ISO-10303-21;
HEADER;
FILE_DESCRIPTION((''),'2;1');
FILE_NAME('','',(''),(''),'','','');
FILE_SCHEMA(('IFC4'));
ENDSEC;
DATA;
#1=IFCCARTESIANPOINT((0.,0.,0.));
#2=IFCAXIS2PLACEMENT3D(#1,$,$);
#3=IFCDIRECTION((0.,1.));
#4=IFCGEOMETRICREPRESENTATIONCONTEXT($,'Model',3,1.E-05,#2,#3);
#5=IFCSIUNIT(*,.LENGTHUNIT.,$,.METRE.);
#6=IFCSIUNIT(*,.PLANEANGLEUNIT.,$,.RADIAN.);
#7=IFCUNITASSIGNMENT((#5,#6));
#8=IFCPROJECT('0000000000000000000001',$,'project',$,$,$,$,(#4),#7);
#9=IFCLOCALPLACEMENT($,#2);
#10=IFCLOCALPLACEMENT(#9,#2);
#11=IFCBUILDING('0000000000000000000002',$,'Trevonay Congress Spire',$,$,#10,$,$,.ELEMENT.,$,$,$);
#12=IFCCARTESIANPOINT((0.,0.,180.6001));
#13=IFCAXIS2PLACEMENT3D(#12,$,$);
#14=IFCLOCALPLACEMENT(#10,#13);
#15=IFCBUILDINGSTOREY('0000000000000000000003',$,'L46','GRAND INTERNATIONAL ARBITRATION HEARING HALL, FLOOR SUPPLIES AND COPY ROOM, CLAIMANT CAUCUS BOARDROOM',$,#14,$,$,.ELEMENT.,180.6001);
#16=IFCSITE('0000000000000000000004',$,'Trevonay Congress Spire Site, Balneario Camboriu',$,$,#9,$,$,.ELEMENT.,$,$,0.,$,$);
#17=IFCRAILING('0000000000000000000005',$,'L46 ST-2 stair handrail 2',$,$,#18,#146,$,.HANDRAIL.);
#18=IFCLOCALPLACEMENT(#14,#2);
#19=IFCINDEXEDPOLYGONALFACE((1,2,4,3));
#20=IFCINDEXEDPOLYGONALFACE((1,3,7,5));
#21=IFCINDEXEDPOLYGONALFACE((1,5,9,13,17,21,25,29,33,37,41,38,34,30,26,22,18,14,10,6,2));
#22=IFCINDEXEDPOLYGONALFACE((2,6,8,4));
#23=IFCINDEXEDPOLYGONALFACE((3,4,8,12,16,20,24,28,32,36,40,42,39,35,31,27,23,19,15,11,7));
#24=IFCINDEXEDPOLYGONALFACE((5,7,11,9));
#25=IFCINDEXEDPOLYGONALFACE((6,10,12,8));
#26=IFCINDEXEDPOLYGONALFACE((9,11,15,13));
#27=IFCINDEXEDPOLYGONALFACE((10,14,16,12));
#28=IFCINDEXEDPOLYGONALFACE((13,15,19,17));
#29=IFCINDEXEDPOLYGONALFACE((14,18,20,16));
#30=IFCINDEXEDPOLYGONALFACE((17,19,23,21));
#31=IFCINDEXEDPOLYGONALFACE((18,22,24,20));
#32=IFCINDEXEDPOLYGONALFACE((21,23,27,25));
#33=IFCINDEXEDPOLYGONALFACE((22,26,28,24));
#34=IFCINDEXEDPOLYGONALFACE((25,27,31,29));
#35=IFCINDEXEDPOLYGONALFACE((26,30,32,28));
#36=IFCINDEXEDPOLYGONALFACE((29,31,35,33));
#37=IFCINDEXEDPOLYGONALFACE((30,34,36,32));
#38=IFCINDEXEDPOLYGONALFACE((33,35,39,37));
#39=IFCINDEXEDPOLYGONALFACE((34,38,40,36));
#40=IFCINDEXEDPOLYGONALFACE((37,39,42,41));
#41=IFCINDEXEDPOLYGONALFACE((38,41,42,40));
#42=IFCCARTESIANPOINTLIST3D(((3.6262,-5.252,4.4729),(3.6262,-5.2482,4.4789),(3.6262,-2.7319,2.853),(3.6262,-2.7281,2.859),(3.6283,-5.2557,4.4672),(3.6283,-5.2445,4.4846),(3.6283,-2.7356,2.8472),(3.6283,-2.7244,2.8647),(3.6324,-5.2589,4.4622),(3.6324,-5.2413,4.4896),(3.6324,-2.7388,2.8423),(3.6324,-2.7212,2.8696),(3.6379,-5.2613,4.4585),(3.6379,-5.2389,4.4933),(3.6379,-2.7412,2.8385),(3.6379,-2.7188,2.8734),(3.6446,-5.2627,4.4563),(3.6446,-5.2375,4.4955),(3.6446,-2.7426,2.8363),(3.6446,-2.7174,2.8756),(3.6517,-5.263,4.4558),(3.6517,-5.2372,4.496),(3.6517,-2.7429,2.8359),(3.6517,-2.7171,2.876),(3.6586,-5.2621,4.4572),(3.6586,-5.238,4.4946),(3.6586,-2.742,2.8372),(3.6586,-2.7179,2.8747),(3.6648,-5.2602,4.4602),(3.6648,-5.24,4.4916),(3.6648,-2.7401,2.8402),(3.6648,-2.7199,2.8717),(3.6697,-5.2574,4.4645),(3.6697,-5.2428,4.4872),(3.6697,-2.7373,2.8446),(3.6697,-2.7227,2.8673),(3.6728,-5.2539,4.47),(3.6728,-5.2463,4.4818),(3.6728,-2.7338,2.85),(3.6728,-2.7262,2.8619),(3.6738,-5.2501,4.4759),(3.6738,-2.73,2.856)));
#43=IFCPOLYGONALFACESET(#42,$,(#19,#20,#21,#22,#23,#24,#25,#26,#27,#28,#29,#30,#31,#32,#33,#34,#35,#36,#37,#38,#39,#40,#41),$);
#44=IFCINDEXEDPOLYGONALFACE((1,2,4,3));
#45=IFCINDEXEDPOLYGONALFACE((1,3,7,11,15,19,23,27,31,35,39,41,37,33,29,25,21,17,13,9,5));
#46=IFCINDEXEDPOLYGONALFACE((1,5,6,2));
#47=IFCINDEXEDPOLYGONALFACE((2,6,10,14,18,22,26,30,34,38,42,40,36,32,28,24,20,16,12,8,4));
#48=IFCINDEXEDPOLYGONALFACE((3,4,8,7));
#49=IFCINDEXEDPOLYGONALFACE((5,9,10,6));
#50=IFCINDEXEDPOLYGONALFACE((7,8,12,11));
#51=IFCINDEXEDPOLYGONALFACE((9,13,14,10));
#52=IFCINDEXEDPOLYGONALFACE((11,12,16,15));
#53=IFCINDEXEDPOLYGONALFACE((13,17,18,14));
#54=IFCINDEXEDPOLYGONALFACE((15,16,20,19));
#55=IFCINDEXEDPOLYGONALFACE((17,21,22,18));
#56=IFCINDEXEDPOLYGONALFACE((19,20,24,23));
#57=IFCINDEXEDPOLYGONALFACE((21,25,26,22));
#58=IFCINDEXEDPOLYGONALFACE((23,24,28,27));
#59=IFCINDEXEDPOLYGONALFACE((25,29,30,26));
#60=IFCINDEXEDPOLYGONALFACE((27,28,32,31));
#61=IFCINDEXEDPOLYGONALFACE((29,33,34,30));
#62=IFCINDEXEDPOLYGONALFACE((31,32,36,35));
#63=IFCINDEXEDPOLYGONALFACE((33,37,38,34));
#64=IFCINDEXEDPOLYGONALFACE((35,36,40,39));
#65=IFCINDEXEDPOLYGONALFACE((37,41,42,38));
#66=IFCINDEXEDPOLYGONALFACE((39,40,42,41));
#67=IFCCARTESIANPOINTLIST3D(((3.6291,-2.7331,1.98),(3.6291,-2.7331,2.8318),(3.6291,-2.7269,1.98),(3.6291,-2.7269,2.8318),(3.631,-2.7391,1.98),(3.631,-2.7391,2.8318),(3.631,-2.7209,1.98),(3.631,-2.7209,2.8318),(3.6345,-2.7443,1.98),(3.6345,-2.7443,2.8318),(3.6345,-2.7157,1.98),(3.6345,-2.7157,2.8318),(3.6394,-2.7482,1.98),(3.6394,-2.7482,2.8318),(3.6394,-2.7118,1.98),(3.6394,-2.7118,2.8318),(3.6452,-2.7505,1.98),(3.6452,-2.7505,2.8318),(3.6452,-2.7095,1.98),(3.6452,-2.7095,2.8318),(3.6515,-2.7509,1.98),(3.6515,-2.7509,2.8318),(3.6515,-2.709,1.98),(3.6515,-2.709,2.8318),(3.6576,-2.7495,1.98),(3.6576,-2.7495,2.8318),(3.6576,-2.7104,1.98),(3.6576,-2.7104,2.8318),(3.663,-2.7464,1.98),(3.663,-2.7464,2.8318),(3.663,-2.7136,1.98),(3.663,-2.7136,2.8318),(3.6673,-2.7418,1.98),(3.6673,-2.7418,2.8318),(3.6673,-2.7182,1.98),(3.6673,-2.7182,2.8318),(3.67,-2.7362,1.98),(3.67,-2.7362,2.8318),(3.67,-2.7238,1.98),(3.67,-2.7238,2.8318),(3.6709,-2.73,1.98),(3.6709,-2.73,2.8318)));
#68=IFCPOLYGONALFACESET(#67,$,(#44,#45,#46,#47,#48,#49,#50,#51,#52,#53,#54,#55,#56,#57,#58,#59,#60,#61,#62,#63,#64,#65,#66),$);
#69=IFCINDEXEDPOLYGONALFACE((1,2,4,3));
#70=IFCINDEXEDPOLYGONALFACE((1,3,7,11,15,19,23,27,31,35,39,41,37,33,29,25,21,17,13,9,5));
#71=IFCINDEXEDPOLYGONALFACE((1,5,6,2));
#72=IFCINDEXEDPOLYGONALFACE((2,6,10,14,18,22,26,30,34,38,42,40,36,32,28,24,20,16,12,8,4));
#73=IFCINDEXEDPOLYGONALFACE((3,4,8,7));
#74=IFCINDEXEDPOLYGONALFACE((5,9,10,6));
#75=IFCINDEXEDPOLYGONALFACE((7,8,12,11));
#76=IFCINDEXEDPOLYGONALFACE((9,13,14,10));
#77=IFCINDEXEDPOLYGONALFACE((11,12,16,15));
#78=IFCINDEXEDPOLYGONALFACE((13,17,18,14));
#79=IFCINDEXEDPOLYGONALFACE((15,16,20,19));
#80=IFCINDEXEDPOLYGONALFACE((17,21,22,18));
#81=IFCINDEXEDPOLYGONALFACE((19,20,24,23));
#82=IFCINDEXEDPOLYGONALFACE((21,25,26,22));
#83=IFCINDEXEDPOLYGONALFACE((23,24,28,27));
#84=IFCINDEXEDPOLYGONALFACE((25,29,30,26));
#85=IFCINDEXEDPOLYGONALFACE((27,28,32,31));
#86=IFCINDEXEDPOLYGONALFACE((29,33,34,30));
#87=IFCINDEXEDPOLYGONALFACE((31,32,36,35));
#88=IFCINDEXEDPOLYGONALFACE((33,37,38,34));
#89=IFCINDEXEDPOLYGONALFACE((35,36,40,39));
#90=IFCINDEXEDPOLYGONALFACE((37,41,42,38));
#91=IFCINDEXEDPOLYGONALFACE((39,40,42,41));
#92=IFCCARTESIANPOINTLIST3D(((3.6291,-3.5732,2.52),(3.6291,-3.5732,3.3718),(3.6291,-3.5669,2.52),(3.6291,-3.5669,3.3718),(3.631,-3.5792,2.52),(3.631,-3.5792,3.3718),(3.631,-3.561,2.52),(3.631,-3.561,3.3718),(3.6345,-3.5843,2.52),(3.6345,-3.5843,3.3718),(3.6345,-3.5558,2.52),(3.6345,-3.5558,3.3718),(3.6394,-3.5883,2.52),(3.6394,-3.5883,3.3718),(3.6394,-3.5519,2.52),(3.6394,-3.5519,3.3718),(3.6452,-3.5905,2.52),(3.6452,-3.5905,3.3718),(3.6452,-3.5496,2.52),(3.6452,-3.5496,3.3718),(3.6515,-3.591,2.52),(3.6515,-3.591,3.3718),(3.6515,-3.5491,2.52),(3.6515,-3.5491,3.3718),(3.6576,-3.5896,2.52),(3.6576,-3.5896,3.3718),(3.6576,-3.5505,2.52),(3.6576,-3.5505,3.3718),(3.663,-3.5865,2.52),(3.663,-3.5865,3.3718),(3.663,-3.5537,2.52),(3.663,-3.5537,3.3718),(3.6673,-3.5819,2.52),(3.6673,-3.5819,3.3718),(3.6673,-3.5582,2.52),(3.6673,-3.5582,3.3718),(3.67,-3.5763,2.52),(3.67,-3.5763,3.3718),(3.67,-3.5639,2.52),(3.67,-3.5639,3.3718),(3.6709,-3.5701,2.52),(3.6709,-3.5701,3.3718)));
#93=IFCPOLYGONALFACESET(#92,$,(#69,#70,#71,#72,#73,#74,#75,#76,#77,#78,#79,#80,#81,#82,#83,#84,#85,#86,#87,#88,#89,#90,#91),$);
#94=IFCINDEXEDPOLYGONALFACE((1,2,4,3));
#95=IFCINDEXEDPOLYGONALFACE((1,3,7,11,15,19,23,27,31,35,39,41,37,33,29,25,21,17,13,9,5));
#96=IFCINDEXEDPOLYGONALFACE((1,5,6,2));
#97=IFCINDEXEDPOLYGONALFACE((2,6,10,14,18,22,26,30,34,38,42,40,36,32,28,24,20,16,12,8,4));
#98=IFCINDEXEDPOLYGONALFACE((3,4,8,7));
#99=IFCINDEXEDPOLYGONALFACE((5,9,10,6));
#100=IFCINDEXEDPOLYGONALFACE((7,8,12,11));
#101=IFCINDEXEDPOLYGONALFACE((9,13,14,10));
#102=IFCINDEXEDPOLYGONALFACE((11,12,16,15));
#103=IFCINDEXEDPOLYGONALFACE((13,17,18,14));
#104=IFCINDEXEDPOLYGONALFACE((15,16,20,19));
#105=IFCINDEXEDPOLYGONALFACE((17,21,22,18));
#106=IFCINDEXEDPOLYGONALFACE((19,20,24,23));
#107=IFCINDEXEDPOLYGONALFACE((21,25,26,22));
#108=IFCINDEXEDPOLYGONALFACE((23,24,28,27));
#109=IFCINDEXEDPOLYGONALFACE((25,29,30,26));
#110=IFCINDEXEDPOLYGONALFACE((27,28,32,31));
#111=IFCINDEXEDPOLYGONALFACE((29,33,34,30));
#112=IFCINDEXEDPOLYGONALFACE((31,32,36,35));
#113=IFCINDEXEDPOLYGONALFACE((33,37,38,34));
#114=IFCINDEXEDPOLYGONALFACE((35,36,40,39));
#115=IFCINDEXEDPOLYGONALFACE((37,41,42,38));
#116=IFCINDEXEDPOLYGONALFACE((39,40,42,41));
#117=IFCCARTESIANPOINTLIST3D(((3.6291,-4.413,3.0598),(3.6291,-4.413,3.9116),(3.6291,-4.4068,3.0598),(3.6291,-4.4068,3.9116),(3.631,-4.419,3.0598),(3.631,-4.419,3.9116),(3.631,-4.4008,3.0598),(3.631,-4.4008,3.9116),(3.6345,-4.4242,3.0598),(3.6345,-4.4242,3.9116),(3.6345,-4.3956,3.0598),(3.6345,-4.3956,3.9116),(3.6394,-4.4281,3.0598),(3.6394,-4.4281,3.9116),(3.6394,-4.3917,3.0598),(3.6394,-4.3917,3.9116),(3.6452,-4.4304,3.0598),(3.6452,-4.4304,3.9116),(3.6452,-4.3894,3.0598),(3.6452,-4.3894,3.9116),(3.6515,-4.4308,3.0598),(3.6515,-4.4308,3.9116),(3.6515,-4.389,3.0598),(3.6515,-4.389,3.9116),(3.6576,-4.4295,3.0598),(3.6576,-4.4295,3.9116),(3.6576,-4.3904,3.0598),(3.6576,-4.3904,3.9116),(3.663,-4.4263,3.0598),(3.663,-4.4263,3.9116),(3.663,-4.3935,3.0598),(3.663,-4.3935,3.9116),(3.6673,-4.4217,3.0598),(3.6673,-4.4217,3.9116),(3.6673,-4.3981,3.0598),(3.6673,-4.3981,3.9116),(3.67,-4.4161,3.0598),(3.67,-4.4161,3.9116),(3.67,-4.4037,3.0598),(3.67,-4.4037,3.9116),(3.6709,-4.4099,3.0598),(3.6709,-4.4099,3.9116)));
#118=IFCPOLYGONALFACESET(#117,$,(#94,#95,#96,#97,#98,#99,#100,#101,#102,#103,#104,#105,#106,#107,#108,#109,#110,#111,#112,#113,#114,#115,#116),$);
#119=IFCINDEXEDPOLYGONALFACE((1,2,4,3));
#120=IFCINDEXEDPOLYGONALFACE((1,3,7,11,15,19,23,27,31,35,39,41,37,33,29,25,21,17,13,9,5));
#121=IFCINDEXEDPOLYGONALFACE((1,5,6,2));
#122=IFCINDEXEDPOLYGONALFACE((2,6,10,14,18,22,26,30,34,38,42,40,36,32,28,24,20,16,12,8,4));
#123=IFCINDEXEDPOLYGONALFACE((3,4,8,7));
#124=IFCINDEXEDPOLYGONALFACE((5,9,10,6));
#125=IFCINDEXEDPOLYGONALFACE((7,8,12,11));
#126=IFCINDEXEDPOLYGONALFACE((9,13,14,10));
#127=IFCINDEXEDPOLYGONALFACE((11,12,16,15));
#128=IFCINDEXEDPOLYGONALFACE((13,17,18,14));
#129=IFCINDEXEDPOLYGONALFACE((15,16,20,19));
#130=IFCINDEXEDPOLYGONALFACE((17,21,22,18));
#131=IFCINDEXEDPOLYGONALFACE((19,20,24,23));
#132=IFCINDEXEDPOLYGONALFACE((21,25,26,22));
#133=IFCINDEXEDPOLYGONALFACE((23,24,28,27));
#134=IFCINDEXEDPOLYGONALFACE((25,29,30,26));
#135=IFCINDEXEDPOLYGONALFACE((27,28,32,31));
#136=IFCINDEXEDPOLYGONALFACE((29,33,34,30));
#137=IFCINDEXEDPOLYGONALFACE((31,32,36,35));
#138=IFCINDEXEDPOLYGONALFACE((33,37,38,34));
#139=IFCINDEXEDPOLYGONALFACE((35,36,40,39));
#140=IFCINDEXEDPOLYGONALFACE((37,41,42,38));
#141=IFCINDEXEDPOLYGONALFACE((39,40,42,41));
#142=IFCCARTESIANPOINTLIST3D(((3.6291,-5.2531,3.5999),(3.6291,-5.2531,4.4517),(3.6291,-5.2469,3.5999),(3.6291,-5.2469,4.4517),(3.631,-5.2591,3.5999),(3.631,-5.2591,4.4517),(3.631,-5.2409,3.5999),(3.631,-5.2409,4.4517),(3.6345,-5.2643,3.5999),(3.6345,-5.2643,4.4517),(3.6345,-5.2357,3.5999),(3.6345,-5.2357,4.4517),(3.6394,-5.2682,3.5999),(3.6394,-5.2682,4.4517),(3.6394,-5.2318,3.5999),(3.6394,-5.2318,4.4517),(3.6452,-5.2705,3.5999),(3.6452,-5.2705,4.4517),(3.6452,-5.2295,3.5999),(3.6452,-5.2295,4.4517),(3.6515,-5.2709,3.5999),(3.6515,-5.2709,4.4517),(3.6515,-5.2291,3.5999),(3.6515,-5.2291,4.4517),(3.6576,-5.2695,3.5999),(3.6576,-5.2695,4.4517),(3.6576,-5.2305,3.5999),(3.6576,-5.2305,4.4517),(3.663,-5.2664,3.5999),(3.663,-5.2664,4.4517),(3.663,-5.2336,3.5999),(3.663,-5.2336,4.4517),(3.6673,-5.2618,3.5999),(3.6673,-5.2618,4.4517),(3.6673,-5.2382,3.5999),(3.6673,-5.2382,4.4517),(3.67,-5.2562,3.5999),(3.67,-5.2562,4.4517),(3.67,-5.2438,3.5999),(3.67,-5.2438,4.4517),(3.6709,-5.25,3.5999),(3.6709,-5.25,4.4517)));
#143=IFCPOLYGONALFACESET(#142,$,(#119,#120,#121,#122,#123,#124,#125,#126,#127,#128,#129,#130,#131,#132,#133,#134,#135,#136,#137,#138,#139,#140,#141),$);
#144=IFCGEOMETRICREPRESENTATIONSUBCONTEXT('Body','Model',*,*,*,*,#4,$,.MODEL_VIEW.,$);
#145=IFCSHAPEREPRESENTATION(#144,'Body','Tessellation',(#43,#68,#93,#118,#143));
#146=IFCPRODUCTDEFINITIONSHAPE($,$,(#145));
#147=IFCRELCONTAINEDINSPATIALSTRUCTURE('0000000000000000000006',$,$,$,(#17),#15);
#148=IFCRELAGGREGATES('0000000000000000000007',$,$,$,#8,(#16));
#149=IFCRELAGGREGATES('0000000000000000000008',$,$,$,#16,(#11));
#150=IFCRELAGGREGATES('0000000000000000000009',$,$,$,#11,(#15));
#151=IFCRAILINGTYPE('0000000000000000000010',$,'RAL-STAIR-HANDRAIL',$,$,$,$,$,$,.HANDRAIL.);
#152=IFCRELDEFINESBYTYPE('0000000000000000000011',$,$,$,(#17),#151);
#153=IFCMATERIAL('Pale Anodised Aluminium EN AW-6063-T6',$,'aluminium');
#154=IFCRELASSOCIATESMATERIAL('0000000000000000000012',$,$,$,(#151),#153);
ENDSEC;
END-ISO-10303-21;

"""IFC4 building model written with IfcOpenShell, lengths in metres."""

from ifc_helpers import new_model, si_unit, direction, frame, origin, origin_2d, place, context, subcontext, project, spatial, circle, extrude, material, type_object, element, save


model = new_model("IFC4")

# Units and contexts
model_context = context("Model", 3, precision=1e-05, world=origin(), true_north=direction((0.0, 1.0)))
body_context = subcontext(model_context, "Body", "Model", "MODEL_VIEW")
ifc_project = project(units=[si_unit("LENGTHUNIT", "METRE"), si_unit("PLANEANGLEUNIT", "RADIAN")], contexts=[model_context])

# Site, building, storey
site_placement = place(None, origin())
site = spatial("IfcSite", under=ifc_project, at=site_placement, Name="Trevonay Congress Spire Site, Balneario Camboriu", CompositionType="ELEMENT", RefElevation=0.0)
building_placement = place(site_placement, origin())
building = spatial("IfcBuilding", under=site, at=building_placement, Name="Trevonay Congress Spire", CompositionType="ELEMENT")
storey_placement = place(building_placement, frame((0.0, 0.0, 180.6001)))
storey = spatial("IfcBuildingStorey", under=building, at=storey_placement, Name="L46", Description="GRAND INTERNATIONAL ARBITRATION HEARING HALL, FLOOR SUPPLIES AND COPY ROOM, CLAIMANT CAUCUS BOARDROOM", CompositionType="ELEMENT", Elevation=180.6001)

# Shared definitions
ifc_material_1 = material(Name="Pale Anodised Aluminium EN AW-6063-T6", Category="aluminium")

# Railing
railing_type_1 = type_object("IfcRailingType", Name="RAL-STAIR-HANDRAIL", PredefinedType="HANDRAIL", material=ifc_material_1)
railing_1_placement = place(storey_placement, frame((3.6499, -2.73, 1.98)))
element("IfcRailing", 1, at=railing_1_placement, inside=storey, type_object=railing_type_1, Name="L46 ST-2 stair handrail 2", PredefinedType="HANDRAIL", context=body_context, shape_type="SweptSolid", body=[
    extrude(circle(Radius=0.0239, at=origin_2d()), frame((0.0, 0.0, 0.876), z_axis=(0.0, -0.8412, 0.540725), x_axis=(1.0, 0.0, 0.0)), (0.0, 0.0, 1.0), 2.9958),
    extrude(circle(Radius=0.021, at=origin_2d()), origin(), (0.0, 0.0, 1.0), 0.8518),
    extrude(circle(Radius=0.021, at=origin_2d()), frame((0.0, -0.8401, 0.54)), (0.0, 0.0, 1.0), 0.8518),
    extrude(circle(Radius=0.021, at=origin_2d()), frame((0.0, -1.6799, 1.0798)), (0.0, 0.0, 1.0), 0.8518),
    extrude(circle(Radius=0.021, at=origin_2d()), frame((0.0, -2.52, 1.6199)), (0.0, 0.0, 1.0), 0.8518),
])

save(model, "model.ifc")
